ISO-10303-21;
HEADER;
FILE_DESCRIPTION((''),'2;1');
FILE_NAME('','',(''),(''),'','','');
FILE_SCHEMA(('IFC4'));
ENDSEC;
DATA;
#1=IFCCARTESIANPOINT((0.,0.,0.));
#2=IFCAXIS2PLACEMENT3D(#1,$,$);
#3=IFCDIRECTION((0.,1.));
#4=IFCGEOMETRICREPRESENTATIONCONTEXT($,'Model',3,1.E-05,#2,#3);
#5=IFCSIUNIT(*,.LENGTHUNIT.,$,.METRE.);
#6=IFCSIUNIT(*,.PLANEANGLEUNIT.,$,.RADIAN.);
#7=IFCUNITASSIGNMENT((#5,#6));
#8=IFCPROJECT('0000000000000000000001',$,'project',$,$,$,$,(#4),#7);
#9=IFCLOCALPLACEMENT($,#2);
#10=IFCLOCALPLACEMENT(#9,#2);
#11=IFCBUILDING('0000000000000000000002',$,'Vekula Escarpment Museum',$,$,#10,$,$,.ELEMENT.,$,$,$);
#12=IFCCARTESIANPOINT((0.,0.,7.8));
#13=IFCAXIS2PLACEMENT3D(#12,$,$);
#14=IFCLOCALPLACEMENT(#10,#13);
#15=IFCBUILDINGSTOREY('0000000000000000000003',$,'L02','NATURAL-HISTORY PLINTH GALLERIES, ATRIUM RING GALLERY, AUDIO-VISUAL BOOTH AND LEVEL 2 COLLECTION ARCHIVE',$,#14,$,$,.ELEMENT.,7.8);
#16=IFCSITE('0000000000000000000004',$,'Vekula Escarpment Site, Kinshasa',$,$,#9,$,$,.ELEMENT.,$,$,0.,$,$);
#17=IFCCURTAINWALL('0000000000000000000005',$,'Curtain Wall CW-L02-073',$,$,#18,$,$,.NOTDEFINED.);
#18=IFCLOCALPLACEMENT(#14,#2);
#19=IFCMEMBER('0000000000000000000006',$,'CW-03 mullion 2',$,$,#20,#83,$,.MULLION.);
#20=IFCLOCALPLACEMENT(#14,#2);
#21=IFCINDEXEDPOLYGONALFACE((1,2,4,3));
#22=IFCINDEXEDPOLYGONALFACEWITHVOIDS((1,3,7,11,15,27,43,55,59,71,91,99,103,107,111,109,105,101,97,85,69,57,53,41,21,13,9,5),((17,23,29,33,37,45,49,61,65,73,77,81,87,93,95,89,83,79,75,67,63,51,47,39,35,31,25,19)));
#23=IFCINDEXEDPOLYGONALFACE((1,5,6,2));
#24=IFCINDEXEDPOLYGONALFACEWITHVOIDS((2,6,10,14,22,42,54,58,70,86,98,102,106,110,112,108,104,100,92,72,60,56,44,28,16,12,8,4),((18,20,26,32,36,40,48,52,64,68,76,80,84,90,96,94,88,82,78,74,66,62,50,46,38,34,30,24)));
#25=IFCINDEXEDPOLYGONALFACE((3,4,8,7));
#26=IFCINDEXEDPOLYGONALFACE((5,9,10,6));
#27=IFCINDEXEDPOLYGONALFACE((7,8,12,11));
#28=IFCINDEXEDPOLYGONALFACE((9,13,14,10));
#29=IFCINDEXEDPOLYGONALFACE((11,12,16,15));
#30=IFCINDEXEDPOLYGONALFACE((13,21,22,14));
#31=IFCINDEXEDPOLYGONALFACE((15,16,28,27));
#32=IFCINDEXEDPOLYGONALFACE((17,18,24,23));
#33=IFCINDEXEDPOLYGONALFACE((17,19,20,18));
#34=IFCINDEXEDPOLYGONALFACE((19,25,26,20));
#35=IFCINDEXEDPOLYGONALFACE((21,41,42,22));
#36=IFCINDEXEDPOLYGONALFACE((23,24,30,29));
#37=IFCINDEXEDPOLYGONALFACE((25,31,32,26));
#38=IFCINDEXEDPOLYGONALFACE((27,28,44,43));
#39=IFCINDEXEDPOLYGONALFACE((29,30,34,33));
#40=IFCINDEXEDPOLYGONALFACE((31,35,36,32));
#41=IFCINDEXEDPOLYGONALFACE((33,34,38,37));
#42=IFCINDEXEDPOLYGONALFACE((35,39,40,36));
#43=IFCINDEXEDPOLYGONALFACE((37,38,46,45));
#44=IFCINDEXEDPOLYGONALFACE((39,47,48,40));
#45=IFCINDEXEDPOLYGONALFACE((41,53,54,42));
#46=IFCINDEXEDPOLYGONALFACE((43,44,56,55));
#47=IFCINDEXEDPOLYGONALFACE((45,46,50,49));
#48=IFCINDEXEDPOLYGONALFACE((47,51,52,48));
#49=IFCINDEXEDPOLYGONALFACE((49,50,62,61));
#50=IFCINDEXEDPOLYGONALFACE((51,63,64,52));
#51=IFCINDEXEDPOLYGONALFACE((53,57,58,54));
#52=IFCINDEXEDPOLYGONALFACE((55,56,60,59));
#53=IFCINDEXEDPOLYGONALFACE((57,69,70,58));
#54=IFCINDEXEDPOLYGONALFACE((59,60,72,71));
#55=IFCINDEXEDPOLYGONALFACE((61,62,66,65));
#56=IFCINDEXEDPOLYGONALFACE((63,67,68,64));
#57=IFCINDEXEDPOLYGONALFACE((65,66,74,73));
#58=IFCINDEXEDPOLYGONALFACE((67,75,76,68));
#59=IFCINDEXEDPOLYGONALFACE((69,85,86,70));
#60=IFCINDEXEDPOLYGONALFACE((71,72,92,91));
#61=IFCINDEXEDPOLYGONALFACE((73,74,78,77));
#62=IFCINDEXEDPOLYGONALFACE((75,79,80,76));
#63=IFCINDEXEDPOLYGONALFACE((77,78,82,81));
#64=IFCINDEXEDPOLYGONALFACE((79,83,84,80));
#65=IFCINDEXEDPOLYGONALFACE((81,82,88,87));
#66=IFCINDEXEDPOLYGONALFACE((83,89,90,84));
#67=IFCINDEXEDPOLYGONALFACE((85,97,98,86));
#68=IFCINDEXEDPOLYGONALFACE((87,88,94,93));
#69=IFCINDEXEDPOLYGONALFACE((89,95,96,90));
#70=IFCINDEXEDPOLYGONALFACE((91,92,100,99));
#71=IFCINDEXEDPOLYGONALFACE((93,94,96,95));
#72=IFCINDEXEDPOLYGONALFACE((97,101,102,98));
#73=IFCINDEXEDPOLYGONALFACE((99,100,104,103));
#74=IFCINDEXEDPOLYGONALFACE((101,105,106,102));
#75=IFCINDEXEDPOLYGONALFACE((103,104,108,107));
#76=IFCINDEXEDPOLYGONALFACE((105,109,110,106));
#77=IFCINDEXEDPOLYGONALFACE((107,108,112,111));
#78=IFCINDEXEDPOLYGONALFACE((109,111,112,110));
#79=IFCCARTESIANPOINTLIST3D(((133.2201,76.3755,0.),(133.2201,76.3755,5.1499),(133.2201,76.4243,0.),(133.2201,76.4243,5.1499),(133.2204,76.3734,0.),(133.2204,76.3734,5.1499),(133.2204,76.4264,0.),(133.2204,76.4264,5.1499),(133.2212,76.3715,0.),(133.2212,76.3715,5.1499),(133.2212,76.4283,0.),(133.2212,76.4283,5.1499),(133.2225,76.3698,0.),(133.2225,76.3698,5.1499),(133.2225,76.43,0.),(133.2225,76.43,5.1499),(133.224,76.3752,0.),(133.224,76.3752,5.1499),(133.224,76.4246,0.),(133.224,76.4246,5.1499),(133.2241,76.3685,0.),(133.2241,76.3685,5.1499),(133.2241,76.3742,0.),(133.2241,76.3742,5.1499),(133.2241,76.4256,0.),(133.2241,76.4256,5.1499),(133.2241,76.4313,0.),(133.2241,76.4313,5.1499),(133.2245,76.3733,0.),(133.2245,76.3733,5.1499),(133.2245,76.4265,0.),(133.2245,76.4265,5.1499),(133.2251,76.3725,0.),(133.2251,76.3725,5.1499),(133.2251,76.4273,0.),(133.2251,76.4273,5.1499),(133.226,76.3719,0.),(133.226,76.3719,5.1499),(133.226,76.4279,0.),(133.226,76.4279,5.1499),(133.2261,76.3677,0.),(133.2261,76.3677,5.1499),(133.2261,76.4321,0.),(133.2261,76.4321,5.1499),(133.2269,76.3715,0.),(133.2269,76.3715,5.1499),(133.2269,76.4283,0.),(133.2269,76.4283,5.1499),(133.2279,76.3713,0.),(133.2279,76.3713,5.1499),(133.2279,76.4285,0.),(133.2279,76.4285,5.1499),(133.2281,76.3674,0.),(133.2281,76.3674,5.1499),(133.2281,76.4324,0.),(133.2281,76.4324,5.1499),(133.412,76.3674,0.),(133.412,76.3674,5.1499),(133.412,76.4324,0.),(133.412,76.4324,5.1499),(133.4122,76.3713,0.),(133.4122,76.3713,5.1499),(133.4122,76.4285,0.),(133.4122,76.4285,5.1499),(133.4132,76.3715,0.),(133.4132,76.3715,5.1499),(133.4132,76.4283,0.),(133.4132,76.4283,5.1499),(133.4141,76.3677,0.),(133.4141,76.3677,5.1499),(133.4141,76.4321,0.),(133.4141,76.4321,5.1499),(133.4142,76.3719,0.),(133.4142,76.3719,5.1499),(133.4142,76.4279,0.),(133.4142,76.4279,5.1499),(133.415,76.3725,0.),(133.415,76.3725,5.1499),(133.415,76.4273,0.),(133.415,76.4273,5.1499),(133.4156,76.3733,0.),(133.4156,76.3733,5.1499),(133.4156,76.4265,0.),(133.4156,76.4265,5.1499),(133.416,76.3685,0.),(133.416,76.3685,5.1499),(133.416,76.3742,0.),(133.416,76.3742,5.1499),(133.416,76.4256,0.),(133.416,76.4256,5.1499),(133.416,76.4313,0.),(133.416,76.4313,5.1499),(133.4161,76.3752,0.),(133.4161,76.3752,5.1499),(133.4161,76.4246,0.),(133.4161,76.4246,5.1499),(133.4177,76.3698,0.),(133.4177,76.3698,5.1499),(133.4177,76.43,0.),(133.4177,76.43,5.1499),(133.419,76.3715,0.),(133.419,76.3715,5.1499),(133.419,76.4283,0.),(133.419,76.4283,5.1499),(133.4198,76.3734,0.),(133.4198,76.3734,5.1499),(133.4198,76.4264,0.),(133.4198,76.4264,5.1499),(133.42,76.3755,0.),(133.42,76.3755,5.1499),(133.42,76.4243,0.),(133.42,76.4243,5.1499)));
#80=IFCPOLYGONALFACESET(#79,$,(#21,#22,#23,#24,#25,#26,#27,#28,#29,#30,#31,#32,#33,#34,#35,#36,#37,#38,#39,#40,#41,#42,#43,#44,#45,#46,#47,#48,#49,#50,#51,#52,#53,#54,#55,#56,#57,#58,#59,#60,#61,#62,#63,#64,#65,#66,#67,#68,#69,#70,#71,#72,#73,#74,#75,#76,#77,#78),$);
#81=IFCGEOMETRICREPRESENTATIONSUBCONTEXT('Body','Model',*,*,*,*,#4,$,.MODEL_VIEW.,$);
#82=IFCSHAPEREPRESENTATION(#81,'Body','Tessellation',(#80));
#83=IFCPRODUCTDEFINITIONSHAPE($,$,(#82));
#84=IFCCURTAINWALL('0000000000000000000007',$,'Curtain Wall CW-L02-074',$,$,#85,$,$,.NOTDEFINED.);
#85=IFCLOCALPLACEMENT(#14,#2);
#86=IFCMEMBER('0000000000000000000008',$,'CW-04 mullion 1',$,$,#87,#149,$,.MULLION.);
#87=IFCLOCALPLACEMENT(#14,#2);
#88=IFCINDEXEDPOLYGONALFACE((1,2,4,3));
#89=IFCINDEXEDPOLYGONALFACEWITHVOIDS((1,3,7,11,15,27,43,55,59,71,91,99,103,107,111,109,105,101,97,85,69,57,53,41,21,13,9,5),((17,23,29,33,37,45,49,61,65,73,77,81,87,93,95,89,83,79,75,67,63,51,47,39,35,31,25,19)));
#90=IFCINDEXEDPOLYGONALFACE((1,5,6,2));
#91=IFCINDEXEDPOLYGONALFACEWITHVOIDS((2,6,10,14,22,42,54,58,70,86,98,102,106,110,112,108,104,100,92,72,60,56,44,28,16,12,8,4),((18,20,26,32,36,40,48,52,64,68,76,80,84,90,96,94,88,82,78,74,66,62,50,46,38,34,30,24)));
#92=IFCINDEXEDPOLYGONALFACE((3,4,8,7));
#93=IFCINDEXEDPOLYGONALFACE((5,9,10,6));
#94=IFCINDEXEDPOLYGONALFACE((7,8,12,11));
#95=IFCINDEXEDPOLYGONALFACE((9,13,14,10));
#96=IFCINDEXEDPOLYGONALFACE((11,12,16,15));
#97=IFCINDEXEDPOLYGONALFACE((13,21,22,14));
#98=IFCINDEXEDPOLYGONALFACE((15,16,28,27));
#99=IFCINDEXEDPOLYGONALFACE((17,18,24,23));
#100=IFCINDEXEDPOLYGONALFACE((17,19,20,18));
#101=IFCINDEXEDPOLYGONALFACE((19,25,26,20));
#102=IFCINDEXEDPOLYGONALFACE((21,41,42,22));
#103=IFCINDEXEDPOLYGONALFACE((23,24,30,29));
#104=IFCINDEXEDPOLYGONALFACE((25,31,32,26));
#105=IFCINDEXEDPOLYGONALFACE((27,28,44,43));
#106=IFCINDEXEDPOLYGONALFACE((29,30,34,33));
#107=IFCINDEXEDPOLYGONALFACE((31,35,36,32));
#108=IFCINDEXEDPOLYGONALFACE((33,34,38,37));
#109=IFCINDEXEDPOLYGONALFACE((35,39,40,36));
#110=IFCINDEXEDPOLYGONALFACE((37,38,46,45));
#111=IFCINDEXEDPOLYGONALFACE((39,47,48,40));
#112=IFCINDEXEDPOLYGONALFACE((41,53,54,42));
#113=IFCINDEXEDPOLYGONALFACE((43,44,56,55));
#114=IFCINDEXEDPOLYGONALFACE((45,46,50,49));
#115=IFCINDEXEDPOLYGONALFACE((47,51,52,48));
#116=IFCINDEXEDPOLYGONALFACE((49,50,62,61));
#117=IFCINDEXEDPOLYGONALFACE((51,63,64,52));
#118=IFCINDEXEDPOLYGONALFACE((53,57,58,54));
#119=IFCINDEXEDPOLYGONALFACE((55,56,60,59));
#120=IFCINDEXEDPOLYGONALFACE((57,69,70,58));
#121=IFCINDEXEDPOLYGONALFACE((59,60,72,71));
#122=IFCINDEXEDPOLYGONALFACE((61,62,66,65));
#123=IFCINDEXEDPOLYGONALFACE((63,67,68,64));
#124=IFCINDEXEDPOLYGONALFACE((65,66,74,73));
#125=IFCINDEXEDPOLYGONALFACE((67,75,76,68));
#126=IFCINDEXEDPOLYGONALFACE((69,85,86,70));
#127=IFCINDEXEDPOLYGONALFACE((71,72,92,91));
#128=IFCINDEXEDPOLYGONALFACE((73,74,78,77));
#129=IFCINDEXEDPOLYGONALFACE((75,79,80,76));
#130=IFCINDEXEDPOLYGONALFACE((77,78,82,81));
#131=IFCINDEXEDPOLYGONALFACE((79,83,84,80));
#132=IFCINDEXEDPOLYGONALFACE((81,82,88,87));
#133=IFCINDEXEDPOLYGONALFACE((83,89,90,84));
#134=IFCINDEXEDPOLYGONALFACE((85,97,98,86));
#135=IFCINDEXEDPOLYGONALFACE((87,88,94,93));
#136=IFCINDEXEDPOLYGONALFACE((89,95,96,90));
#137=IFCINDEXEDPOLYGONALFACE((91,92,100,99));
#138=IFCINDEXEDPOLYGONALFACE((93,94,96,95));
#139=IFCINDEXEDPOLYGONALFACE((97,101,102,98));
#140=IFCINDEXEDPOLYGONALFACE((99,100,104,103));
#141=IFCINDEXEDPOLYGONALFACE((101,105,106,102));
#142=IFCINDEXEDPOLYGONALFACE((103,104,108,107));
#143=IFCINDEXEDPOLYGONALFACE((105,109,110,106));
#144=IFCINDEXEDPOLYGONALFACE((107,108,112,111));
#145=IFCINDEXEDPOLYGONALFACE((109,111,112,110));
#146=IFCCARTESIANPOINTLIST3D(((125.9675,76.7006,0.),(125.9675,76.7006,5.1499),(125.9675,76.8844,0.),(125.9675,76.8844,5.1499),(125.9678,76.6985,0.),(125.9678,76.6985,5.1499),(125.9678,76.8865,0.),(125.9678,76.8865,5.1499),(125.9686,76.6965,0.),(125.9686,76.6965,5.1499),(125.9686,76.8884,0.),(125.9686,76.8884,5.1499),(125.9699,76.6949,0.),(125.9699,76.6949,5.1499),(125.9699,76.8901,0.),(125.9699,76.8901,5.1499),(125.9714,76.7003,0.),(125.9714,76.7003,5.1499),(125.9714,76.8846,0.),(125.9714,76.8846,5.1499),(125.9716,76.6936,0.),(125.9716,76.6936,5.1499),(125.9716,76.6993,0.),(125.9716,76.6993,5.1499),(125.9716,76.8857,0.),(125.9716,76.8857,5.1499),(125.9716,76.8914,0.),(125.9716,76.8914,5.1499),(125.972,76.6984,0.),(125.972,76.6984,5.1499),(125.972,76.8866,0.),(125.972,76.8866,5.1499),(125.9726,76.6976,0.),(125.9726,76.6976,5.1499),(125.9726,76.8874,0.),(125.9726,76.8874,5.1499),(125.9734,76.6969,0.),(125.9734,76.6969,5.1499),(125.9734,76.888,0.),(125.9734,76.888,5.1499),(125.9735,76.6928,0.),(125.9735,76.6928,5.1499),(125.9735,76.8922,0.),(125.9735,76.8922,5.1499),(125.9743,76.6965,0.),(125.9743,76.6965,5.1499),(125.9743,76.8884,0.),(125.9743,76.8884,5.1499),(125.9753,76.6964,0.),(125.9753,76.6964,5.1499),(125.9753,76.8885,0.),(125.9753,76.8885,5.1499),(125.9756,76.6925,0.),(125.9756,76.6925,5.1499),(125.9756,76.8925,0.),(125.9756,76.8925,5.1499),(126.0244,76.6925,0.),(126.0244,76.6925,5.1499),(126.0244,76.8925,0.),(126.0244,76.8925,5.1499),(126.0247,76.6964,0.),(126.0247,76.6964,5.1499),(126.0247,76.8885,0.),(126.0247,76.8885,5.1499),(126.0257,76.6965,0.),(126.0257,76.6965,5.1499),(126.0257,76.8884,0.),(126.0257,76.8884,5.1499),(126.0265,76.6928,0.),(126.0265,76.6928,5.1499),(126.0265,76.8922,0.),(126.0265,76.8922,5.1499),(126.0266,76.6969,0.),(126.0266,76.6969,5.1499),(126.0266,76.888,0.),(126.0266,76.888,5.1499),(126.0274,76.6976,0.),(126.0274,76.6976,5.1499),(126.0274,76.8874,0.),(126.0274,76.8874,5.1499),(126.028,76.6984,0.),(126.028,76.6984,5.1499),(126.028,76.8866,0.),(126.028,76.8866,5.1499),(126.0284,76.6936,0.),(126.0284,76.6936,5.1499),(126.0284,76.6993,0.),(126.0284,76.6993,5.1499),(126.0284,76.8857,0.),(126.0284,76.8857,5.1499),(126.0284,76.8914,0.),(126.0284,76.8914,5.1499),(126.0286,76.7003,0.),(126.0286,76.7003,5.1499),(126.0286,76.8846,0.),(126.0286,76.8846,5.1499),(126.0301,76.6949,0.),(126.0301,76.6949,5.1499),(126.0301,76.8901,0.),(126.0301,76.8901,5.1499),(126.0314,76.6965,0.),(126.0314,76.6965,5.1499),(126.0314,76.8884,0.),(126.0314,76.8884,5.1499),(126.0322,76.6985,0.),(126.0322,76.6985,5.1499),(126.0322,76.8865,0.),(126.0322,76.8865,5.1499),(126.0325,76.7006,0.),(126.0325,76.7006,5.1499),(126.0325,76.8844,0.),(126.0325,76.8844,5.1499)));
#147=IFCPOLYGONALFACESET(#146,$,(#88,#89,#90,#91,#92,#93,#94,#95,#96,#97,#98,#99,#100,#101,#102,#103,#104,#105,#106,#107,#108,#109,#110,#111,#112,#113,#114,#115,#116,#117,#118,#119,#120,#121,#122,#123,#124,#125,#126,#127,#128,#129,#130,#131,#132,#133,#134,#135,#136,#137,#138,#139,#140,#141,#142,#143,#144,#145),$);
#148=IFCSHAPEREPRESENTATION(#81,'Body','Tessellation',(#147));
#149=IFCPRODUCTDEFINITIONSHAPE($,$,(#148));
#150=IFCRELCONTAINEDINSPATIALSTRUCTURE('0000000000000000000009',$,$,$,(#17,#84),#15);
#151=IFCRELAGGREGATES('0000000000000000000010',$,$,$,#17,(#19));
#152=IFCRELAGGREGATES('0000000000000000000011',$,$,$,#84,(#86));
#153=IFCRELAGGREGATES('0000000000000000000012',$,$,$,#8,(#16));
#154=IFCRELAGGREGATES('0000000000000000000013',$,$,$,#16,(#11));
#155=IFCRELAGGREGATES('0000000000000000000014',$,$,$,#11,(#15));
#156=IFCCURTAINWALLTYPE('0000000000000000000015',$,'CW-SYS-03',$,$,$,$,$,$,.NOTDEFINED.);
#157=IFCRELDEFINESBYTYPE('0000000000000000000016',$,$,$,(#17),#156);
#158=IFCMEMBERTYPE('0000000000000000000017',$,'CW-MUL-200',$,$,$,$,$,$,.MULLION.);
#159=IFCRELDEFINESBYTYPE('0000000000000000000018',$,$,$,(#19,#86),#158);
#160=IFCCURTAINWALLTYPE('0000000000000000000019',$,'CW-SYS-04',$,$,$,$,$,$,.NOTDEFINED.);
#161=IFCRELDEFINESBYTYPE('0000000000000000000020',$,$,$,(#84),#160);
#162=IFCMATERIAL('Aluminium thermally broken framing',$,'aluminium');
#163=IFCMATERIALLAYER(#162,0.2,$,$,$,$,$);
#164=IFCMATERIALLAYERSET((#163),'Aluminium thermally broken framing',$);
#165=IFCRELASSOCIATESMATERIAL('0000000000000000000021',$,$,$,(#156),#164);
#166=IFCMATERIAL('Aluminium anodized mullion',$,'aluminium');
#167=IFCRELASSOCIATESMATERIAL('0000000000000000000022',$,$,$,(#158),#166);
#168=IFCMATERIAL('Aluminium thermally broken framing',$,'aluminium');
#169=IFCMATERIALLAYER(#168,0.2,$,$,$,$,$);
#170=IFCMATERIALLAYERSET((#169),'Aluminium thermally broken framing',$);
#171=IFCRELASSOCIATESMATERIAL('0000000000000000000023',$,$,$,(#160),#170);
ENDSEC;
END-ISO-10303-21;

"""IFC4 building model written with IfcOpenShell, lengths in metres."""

from ifc_helpers import new_model, si_unit, direction, frame, origin, origin_2d, place, context, subcontext, project, spatial, hollow_rectangle, extrude, material, layer, layer_set, material_profile, profile_set, type_object, element, aggregate, save


model = new_model("IFC4")

# Units and contexts
model_context = context("Model", 3, precision=1e-05, world=origin(), true_north=direction((0.0, 1.0)))
body_context = subcontext(model_context, "Body", "Model", "MODEL_VIEW")
ifc_project = project(units=[si_unit("LENGTHUNIT", "METRE"), si_unit("PLANEANGLEUNIT", "RADIAN")], contexts=[model_context])

# Site, building, storey
site_placement = place(None, origin())
site = spatial("IfcSite", under=ifc_project, at=site_placement, Name="Vekula Escarpment Site, Kinshasa", CompositionType="ELEMENT", RefElevation=0.0)
building_placement = place(site_placement, origin())
building = spatial("IfcBuilding", under=site, at=building_placement, Name="Vekula Escarpment Museum", CompositionType="ELEMENT")
storey_placement = place(building_placement, frame((0.0, 0.0, 7.8)))
storey = spatial("IfcBuildingStorey", under=building, at=storey_placement, Name="L02", Description="NATURAL-HISTORY PLINTH GALLERIES, ATRIUM RING GALLERY, AUDIO-VISUAL BOOTH AND LEVEL 2 COLLECTION ARCHIVE", CompositionType="ELEMENT", Elevation=7.8)

# Curtain wall, member
ifc_material_1 = material(Name="Aluminium thermally broken framing", Category="aluminium")
ifc_layer_1 = layer(ifc_material_1, 0.2)
ifc_layer_set_1 = layer_set([ifc_layer_1], Name="Aluminium thermally broken framing")
curtain_wall_type_1 = type_object("IfcCurtainWallType", Name="CW-SYS-03", PredefinedType="NOTDEFINED", material=ifc_layer_set_1)
curtain_wall_1_placement = place(storey_placement, origin())
curtain_wall_1 = element("IfcCurtainWall", 1, at=curtain_wall_1_placement, inside=storey, type_object=curtain_wall_type_1, Name="Curtain Wall CW-L02-073", PredefinedType="NOTDEFINED")
ifc_material_2 = material(Name="Aluminium anodized mullion", Category="aluminium")
ifc_material_profile_1 = material_profile(ifc_material_2, hollow_rectangle(XDim=0.0649, YDim=0.2, WallThickness=0.0039, InnerFilletRadius=0.0039, OuterFilletRadius=0.0081, at=origin_2d()), Name="ALU 200x65x4")
ifc_profile_set_1 = profile_set([ifc_material_profile_1], Name="Aluminium anodized mullion")
member_type_1 = type_object("IfcMemberType", Name="CW-MUL-200", PredefinedType="MULLION", material=ifc_profile_set_1)
member_1_placement = place(storey_placement, frame((133.3201, 76.3999, 0.0), z_axis=(0.0, 0.0, 1.0), x_axis=(0.0, -1.0, 0.0)))
member_1 = element("IfcMember", 2, at=member_1_placement, type_object=member_type_1, Name="CW-03 mullion 2", PredefinedType="MULLION", context=body_context, shape_type="SweptSolid", body=[
    extrude(hollow_rectangle(XDim=0.0649, YDim=0.2, WallThickness=0.0039, InnerFilletRadius=0.0039, OuterFilletRadius=0.0081, at=origin_2d()), origin(), (0.0, 0.0, 1.0), 5.1499),
])

# Curtain wall, member
ifc_material_3 = material(Name="Aluminium thermally broken framing", Category="aluminium")
ifc_layer_2 = layer(ifc_material_3, 0.2)
ifc_layer_set_2 = layer_set([ifc_layer_2], Name="Aluminium thermally broken framing")
curtain_wall_type_2 = type_object("IfcCurtainWallType", Name="CW-SYS-04", PredefinedType="NOTDEFINED", material=ifc_layer_set_2)
curtain_wall_2_placement = place(storey_placement, origin())
curtain_wall_2 = element("IfcCurtainWall", 3, at=curtain_wall_2_placement, inside=storey, type_object=curtain_wall_type_2, Name="Curtain Wall CW-L02-074", PredefinedType="NOTDEFINED")
member_2_placement = place(storey_placement, frame((126.0, 76.7925, 0.0), z_axis=(0.0, 0.0, 1.0), x_axis=(-1.0, 0.0, 0.0)))
member_2 = element("IfcMember", 4, at=member_2_placement, type_object=member_type_1, Name="CW-04 mullion 1", PredefinedType="MULLION", context=body_context, shape_type="SweptSolid", body=[
    extrude(hollow_rectangle(XDim=0.0649, YDim=0.2, WallThickness=0.0039, InnerFilletRadius=0.0039, OuterFilletRadius=0.0081, at=origin_2d()), origin(), (0.0, 0.0, 1.0), 5.1499),
])

aggregate(curtain_wall_1, [member_1])
aggregate(curtain_wall_2, [member_2])

save(model, "model.ifc")
